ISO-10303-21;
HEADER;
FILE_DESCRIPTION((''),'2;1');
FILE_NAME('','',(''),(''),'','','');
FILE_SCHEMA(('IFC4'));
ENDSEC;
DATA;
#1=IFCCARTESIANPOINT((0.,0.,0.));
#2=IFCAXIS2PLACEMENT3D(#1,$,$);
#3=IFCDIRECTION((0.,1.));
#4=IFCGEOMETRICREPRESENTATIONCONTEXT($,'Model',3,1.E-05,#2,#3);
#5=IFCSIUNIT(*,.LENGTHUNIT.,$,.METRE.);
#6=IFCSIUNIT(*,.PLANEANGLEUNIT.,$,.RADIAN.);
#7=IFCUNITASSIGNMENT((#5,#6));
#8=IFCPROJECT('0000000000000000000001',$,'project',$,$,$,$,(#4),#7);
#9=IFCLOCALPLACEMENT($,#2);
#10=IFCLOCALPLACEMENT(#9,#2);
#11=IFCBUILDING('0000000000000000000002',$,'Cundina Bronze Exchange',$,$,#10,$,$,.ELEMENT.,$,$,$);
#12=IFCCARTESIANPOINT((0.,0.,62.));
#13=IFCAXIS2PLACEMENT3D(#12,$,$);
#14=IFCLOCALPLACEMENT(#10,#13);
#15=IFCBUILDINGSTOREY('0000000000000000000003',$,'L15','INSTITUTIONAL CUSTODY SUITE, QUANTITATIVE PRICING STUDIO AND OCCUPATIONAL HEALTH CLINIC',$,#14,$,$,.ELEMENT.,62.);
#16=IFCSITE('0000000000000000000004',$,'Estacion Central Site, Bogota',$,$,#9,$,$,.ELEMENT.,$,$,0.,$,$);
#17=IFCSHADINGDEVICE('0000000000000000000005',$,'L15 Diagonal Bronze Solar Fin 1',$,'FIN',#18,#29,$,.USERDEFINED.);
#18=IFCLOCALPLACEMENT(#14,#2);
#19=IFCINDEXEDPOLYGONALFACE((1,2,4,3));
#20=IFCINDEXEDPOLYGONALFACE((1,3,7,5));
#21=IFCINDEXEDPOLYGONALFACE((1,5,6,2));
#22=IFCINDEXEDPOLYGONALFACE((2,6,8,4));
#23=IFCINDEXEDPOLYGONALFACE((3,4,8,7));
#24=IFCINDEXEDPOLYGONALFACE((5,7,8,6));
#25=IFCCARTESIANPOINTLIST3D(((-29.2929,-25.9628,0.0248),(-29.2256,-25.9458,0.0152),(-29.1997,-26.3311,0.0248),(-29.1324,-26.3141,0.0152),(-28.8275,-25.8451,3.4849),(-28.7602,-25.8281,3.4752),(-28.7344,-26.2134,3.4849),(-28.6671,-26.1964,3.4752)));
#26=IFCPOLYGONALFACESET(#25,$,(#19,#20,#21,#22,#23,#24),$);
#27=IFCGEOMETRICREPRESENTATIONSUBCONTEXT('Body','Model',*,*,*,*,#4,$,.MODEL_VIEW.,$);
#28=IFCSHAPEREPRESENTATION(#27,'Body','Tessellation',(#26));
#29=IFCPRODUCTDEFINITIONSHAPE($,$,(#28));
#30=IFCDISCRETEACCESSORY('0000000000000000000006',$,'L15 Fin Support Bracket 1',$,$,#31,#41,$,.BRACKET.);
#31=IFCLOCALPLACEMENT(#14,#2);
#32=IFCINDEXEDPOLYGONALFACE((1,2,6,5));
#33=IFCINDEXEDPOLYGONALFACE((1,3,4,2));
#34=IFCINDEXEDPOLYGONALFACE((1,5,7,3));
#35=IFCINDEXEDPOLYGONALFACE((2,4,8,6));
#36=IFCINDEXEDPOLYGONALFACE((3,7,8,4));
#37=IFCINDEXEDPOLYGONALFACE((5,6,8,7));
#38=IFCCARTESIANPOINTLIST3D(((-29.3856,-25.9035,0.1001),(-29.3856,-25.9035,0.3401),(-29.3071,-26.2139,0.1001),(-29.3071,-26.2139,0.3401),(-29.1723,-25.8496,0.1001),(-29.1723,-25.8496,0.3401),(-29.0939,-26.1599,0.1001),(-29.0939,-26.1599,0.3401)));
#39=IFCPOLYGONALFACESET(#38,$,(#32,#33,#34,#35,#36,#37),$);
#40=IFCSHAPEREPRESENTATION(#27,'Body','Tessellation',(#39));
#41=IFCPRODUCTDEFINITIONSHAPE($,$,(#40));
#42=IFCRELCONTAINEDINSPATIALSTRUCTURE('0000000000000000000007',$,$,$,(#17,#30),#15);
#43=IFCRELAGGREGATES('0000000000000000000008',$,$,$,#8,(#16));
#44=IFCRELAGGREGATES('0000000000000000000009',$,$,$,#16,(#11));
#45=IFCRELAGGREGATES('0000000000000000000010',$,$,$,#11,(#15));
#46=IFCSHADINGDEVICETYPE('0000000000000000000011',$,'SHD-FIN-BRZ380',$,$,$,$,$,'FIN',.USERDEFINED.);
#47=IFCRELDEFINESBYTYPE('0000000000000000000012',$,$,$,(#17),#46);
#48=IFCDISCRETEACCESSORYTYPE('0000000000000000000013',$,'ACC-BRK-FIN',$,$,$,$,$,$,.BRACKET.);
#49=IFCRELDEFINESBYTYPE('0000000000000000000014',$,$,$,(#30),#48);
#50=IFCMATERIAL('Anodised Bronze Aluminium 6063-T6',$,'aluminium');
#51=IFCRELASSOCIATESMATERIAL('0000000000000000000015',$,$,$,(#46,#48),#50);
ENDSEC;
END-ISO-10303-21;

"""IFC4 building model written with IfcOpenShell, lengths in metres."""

from ifc_helpers import new_model, si_unit, direction, frame, origin, origin_2d, place, context, subcontext, project, spatial, rectangle, extrude, material, material_profile, profile_set, type_object, element, save


model = new_model("IFC4")

# Units and contexts
model_context = context("Model", 3, precision=1e-05, world=origin(), true_north=direction((0.0, 1.0)))
body_context = subcontext(model_context, "Body", "Model", "MODEL_VIEW")
ifc_project = project(units=[si_unit("LENGTHUNIT", "METRE"), si_unit("PLANEANGLEUNIT", "RADIAN")], contexts=[model_context])

# Site, building, storey
site_placement = place(None, origin())
site = spatial("IfcSite", under=ifc_project, at=site_placement, Name="Estacion Central Site, Bogota", CompositionType="ELEMENT", RefElevation=0.0)
building_placement = place(site_placement, origin())
building = spatial("IfcBuilding", under=site, at=building_placement, Name="Cundina Bronze Exchange", CompositionType="ELEMENT")
storey_placement = place(building_placement, frame((0.0, 0.0, 62.0)))
storey = spatial("IfcBuildingStorey", under=building, at=storey_placement, Name="L15", Description="INSTITUTIONAL CUSTODY SUITE, QUANTITATIVE PRICING STUDIO AND OCCUPATIONAL HEALTH CLINIC", CompositionType="ELEMENT", Elevation=62.0)

# Shared definitions
ifc_material_1 = material(Name="Anodised Bronze Aluminium 6063-T6", Category="aluminium")

# Shading device
ifc_material_profile_1 = material_profile(ifc_material_1, rectangle(XDim=0.0701, YDim=0.3799, at=origin_2d()), Name="FIN70X380", Category="aluminium")
ifc_profile_set_1 = profile_set([ifc_material_profile_1], Name="Anodised Bronze Aluminium 6063-T6")
shading_device_type = type_object("IfcShadingDeviceType", Name="SHD-FIN-BRZ380", ElementType="FIN", PredefinedType="USERDEFINED", material=ifc_profile_set_1)
shading_device_placement = place(storey_placement, frame((-29.2126, -26.1384, 0.02), z_axis=(0.133215, 0.033688, 0.990514), x_axis=(-0.960285, -0.242842, 0.137408)))
element("IfcShadingDevice", 1, at=shading_device_placement, inside=storey, type_object=shading_device_type, Name="L15 Diagonal Bronze Solar Fin 1", ObjectType="FIN", PredefinedType="USERDEFINED", context=body_context, shape_type="SweptSolid", body=[
    extrude(rectangle(XDim=0.0701, YDim=0.3799, at=origin_2d()), origin(), (0.0, 0.0, 1.0), 3.4932),
])

# Discrete accessory
discrete_accessory_type = type_object("IfcDiscreteAccessoryType", Name="ACC-BRK-FIN", PredefinedType="BRACKET", material=ifc_material_1)
discrete_accessory_placement = place(storey_placement, frame((-29.2397, -26.0317, 0.1001), z_axis=(0.0, 0.0, 1.0), x_axis=(0.969488, 0.245138, 0.0)))
element("IfcDiscreteAccessory", 2, at=discrete_accessory_placement, inside=storey, type_object=discrete_accessory_type, Name="L15 Fin Support Bracket 1", PredefinedType="BRACKET", context=body_context, shape_type="SweptSolid", body=[
    extrude(rectangle(XDim=0.22, YDim=0.3201, at=origin_2d()), origin(), (0.0, 0.0, 1.0), 0.24),
])

save(model, "model.ifc")
